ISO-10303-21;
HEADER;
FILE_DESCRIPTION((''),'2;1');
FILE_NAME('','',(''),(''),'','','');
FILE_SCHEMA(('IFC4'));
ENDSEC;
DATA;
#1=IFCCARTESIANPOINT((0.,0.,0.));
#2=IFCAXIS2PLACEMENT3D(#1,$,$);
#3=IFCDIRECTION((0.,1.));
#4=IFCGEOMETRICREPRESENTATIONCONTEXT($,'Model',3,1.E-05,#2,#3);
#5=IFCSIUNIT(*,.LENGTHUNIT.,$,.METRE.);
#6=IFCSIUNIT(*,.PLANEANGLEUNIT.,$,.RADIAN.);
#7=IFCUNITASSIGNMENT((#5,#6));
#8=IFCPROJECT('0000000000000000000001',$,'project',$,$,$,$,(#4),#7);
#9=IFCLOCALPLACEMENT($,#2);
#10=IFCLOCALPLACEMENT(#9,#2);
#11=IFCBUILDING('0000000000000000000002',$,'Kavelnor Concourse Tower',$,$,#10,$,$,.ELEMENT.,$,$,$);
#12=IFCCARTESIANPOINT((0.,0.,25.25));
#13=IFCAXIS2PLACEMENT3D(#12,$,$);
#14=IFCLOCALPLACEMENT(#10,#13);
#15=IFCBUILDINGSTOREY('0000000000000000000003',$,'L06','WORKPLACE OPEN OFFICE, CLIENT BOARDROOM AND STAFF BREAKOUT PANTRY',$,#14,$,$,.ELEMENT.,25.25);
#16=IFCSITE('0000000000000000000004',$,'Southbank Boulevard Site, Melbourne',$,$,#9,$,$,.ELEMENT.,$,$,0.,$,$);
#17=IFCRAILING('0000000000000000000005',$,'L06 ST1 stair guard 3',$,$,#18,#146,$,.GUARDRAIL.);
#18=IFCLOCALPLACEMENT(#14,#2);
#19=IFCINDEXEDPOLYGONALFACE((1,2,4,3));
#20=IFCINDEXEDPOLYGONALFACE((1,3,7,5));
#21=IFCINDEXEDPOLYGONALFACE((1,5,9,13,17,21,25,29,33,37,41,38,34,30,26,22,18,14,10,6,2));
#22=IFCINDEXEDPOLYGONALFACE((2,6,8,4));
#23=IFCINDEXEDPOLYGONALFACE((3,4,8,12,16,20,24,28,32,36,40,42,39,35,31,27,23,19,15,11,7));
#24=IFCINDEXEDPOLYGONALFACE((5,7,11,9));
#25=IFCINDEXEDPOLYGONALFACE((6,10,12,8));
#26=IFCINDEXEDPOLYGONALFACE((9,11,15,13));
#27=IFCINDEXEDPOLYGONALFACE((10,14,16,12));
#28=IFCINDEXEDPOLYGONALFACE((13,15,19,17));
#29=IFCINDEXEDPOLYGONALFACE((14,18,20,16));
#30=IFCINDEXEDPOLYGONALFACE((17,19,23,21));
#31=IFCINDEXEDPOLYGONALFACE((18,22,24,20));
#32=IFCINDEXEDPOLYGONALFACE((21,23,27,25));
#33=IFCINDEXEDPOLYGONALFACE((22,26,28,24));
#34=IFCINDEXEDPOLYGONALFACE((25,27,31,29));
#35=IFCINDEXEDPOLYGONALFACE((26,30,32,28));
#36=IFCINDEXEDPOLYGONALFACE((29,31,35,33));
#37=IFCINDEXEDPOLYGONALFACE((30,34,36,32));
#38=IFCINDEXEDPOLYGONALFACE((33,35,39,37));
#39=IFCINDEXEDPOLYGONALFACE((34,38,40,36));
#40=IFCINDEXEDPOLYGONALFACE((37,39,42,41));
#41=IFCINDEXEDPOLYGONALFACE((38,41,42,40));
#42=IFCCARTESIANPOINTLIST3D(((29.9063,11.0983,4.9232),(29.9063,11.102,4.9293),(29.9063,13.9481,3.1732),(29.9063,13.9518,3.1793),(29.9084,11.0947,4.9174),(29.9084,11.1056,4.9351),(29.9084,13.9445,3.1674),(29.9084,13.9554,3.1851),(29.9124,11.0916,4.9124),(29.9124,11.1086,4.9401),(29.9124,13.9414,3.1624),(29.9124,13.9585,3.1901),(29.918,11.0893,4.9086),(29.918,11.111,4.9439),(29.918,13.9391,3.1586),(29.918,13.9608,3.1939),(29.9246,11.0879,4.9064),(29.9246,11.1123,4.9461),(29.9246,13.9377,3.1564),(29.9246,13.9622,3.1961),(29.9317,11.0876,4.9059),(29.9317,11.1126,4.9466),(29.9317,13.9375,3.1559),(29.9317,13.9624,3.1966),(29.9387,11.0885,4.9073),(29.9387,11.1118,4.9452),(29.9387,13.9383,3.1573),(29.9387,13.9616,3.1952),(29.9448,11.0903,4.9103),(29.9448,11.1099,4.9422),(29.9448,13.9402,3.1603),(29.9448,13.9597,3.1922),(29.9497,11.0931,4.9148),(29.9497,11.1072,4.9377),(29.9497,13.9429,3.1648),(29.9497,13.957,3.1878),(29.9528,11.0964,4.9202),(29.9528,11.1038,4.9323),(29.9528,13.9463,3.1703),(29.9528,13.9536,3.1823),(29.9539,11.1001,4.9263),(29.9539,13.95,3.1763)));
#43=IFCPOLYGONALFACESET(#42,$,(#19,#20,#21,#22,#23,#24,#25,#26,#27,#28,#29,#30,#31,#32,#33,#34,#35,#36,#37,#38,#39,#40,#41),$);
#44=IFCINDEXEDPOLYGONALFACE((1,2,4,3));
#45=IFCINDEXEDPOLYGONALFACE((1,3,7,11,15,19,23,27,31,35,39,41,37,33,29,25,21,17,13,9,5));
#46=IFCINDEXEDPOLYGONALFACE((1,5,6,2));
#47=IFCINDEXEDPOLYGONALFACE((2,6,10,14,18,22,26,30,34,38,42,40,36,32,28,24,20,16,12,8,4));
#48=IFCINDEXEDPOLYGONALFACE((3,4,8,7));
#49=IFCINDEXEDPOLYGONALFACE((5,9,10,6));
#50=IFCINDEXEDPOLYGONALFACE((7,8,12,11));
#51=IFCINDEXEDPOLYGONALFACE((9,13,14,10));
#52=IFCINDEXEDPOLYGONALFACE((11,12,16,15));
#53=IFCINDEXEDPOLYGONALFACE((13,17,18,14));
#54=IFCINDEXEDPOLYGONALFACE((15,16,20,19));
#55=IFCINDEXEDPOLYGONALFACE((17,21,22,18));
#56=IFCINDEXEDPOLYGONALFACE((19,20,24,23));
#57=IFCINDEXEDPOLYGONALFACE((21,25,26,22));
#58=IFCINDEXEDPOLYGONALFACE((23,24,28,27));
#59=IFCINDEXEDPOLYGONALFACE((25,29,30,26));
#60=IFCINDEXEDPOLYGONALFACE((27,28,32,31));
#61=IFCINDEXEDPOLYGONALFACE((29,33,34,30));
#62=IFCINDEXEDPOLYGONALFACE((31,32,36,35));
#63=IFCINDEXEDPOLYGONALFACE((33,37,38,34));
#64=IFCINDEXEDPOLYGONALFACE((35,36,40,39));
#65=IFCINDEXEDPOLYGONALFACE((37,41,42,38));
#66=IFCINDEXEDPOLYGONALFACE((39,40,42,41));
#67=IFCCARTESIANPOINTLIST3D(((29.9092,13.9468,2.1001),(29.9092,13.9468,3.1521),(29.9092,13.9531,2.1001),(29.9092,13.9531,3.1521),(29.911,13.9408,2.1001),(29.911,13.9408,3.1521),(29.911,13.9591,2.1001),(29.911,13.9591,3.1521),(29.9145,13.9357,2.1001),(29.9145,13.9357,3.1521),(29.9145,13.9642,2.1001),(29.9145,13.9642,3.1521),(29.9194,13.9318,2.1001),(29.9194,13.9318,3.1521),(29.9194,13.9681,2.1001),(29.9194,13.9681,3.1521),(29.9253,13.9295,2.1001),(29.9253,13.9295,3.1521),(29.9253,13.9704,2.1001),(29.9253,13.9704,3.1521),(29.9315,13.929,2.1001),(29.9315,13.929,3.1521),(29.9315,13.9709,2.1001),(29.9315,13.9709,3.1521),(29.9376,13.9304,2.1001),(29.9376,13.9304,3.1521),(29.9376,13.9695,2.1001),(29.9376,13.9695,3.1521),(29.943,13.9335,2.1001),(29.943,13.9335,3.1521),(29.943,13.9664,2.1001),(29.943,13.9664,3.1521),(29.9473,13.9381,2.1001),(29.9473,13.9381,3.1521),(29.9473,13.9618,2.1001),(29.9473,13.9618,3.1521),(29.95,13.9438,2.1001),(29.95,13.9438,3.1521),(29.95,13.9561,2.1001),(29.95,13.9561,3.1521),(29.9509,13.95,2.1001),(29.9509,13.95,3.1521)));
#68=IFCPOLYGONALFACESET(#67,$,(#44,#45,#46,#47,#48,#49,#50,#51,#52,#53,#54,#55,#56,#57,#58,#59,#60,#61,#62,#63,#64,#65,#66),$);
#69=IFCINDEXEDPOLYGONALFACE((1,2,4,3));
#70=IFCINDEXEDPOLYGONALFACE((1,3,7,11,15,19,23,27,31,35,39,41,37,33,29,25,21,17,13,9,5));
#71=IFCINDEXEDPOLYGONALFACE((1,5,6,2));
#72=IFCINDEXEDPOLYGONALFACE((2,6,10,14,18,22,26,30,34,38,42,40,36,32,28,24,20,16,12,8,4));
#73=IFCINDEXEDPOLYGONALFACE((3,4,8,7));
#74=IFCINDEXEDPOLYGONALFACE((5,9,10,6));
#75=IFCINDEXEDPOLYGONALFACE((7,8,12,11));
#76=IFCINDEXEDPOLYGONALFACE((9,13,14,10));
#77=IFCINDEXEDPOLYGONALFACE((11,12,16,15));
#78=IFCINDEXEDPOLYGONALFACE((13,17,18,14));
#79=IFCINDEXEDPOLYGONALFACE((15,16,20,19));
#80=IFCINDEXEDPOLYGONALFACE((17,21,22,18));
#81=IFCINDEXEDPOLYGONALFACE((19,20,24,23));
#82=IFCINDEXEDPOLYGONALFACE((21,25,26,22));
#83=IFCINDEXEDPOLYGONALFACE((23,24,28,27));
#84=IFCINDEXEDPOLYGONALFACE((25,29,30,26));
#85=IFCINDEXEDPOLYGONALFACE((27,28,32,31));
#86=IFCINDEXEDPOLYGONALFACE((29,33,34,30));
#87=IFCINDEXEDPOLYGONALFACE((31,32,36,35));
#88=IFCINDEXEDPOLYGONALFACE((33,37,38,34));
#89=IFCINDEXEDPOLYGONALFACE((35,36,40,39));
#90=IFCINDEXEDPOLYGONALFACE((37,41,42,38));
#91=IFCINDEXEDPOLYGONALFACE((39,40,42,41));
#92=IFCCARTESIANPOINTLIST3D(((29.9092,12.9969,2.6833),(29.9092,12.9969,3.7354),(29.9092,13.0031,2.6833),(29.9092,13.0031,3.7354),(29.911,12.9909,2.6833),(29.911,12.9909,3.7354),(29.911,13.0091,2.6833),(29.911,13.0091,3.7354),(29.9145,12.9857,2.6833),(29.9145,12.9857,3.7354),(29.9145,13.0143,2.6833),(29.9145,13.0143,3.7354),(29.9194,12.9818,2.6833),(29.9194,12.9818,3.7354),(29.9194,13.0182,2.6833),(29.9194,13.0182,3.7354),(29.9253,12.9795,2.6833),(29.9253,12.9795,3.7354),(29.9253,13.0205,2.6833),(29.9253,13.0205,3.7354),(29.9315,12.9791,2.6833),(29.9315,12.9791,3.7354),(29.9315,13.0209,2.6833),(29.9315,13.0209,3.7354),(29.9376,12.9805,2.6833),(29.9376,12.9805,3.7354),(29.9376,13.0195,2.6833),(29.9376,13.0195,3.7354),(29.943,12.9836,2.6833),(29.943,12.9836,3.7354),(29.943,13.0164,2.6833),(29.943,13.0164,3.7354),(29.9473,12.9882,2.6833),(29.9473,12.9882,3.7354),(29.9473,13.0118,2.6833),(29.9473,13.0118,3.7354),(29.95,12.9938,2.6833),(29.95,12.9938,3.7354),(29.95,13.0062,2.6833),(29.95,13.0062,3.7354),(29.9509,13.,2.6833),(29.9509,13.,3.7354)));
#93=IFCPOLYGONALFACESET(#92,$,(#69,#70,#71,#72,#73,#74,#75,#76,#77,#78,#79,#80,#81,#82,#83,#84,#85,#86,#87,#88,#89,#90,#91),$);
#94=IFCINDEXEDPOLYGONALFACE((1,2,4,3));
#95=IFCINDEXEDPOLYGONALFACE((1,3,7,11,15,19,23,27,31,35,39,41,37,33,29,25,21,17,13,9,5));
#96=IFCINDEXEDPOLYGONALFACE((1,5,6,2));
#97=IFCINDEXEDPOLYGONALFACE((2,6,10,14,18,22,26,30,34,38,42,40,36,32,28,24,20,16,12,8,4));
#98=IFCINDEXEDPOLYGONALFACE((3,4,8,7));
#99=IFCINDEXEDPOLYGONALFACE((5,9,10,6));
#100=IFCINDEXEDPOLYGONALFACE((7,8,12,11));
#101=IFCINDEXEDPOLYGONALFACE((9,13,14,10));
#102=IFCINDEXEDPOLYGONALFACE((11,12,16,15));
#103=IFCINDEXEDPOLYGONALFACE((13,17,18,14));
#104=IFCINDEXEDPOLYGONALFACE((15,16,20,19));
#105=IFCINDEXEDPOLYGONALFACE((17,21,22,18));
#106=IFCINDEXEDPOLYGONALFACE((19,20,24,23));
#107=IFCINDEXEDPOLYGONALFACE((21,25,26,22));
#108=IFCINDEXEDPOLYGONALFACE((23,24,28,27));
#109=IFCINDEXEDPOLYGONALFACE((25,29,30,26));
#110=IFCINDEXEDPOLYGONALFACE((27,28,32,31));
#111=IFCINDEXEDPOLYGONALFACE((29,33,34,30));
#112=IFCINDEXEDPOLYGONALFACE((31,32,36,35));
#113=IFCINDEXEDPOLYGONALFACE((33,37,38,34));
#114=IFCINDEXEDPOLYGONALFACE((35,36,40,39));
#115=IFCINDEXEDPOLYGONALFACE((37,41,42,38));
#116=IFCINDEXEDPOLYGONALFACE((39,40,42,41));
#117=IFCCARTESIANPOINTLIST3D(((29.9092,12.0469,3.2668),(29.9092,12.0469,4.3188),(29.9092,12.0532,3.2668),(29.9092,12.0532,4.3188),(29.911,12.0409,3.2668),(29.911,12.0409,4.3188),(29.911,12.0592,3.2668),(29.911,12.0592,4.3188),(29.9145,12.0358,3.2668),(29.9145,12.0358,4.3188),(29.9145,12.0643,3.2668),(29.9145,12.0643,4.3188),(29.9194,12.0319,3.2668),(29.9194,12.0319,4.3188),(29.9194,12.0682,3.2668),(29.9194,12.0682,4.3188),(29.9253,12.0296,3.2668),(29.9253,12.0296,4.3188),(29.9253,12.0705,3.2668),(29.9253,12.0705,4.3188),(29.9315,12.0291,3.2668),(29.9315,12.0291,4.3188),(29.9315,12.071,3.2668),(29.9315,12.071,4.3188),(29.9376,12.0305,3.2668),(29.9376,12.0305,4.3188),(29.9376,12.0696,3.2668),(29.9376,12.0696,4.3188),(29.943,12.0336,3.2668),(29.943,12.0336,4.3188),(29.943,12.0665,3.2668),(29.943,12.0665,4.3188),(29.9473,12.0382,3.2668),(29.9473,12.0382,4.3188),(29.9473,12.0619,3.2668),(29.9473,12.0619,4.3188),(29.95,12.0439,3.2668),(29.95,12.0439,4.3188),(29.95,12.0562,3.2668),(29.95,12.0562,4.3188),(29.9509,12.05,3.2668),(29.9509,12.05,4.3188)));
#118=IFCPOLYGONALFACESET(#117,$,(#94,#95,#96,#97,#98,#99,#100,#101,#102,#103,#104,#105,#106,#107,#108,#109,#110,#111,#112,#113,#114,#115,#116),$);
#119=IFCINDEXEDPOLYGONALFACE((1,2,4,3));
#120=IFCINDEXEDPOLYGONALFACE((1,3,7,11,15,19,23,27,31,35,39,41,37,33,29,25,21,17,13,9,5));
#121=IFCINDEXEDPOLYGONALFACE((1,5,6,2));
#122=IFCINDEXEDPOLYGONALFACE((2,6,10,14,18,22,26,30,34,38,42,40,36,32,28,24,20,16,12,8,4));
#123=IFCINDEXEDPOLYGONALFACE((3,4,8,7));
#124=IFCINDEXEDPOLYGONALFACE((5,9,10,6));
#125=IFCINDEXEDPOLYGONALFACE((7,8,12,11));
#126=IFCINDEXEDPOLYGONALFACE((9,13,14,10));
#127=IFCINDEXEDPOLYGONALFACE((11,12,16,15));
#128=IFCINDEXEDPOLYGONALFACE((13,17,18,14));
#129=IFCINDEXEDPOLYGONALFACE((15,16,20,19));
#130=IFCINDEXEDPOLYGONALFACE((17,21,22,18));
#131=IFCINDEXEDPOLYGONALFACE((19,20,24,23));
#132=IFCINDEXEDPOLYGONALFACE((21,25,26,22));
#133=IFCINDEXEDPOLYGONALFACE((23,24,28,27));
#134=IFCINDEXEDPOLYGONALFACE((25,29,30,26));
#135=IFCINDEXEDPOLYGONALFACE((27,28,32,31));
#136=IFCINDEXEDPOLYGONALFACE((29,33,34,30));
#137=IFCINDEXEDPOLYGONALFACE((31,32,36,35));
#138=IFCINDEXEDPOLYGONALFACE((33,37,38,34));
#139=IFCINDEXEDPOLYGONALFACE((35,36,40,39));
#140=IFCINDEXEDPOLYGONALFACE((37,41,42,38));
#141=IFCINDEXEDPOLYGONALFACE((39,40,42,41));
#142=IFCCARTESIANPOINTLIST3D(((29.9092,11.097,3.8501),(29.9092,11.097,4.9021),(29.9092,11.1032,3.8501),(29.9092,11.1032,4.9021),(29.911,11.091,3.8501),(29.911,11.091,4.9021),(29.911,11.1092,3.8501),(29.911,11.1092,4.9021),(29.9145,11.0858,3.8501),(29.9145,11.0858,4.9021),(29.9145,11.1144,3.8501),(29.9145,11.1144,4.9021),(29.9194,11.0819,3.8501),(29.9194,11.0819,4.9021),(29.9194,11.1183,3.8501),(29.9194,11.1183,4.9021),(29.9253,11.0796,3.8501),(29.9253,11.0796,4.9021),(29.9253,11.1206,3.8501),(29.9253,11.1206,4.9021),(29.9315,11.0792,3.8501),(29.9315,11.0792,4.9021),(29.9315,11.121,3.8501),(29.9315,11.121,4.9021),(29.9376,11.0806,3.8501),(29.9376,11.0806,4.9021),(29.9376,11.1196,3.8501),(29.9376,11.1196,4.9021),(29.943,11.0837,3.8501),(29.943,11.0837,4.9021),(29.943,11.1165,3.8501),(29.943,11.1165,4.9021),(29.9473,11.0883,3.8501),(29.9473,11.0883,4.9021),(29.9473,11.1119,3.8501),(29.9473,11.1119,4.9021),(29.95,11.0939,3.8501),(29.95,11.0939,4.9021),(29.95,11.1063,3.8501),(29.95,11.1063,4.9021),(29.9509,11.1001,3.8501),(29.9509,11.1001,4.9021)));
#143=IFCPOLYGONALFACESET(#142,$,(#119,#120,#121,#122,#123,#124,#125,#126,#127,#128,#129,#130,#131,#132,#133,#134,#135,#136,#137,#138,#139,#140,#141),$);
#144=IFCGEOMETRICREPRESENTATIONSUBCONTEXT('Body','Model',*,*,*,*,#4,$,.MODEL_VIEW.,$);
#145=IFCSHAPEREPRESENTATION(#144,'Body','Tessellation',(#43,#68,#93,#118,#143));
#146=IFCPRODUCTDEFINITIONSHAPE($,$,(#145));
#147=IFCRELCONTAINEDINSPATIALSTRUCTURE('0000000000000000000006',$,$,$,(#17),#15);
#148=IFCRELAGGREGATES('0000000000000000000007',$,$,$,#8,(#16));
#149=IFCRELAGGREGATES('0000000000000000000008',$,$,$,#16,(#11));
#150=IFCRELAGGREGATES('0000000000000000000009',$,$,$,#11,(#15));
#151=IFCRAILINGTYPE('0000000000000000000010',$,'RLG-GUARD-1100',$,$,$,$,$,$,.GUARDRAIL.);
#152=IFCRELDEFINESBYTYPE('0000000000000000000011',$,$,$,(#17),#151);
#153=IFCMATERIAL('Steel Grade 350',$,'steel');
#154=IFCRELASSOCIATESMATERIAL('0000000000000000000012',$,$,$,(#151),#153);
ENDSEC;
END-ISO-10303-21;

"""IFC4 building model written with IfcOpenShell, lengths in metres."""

from ifc_helpers import new_model, si_unit, direction, frame, origin, origin_2d, place, context, subcontext, project, spatial, circle, extrude, material, type_object, element, save


model = new_model("IFC4")

# Units and contexts
model_context = context("Model", 3, precision=1e-05, world=origin(), true_north=direction((0.0, 1.0)))
body_context = subcontext(model_context, "Body", "Model", "MODEL_VIEW")
ifc_project = project(units=[si_unit("LENGTHUNIT", "METRE"), si_unit("PLANEANGLEUNIT", "RADIAN")], contexts=[model_context])

# Site, building, storey
site_placement = place(None, origin())
site = spatial("IfcSite", under=ifc_project, at=site_placement, Name="Southbank Boulevard Site, Melbourne", CompositionType="ELEMENT", RefElevation=0.0)
building_placement = place(site_placement, origin())
building = spatial("IfcBuilding", under=site, at=building_placement, Name="Kavelnor Concourse Tower", CompositionType="ELEMENT")
storey_placement = place(building_placement, frame((0.0, 0.0, 25.25)))
storey = spatial("IfcBuildingStorey", under=building, at=storey_placement, Name="L06", Description="WORKPLACE OPEN OFFICE, CLIENT BOARDROOM AND STAFF BREAKOUT PANTRY", CompositionType="ELEMENT", Elevation=25.25)

# Shared definitions
ifc_material_1 = material(Name="Steel Grade 350", Category="steel")

# Railing
railing_type_1 = type_object("IfcRailingType", Name="RLG-GUARD-1100", PredefinedType="GUARDRAIL", material=ifc_material_1)
railing_1_placement = place(storey_placement, frame((29.9299, 13.95, 2.1001)))
element("IfcRailing", 1, at=railing_1_placement, inside=storey, type_object=railing_type_1, Name="L06 ST1 stair guard 3", PredefinedType="GUARDRAIL", context=body_context, shape_type="SweptSolid", body=[
    extrude(circle(Radius=0.0239, at=origin_2d()), frame((0.0, 0.0, 1.0762), z_axis=(0.0, -0.852159, 0.523283), x_axis=(1.0, 0.0, 0.0)), (0.0, 0.0, 1.0), 3.3442),
    extrude(circle(Radius=0.021, at=origin_2d()), origin(), (0.0, 0.0, 1.0), 1.052),
    extrude(circle(Radius=0.021, at=origin_2d()), frame((0.0, -0.95, 0.5833)), (0.0, 0.0, 1.0), 1.052),
    extrude(circle(Radius=0.021, at=origin_2d()), frame((0.0, -1.8999, 1.1667)), (0.0, 0.0, 1.0), 1.052),
    extrude(circle(Radius=0.021, at=origin_2d()), frame((0.0, -2.8499, 1.75)), (0.0, 0.0, 1.0), 1.052),
])

save(model, "model.ifc")
